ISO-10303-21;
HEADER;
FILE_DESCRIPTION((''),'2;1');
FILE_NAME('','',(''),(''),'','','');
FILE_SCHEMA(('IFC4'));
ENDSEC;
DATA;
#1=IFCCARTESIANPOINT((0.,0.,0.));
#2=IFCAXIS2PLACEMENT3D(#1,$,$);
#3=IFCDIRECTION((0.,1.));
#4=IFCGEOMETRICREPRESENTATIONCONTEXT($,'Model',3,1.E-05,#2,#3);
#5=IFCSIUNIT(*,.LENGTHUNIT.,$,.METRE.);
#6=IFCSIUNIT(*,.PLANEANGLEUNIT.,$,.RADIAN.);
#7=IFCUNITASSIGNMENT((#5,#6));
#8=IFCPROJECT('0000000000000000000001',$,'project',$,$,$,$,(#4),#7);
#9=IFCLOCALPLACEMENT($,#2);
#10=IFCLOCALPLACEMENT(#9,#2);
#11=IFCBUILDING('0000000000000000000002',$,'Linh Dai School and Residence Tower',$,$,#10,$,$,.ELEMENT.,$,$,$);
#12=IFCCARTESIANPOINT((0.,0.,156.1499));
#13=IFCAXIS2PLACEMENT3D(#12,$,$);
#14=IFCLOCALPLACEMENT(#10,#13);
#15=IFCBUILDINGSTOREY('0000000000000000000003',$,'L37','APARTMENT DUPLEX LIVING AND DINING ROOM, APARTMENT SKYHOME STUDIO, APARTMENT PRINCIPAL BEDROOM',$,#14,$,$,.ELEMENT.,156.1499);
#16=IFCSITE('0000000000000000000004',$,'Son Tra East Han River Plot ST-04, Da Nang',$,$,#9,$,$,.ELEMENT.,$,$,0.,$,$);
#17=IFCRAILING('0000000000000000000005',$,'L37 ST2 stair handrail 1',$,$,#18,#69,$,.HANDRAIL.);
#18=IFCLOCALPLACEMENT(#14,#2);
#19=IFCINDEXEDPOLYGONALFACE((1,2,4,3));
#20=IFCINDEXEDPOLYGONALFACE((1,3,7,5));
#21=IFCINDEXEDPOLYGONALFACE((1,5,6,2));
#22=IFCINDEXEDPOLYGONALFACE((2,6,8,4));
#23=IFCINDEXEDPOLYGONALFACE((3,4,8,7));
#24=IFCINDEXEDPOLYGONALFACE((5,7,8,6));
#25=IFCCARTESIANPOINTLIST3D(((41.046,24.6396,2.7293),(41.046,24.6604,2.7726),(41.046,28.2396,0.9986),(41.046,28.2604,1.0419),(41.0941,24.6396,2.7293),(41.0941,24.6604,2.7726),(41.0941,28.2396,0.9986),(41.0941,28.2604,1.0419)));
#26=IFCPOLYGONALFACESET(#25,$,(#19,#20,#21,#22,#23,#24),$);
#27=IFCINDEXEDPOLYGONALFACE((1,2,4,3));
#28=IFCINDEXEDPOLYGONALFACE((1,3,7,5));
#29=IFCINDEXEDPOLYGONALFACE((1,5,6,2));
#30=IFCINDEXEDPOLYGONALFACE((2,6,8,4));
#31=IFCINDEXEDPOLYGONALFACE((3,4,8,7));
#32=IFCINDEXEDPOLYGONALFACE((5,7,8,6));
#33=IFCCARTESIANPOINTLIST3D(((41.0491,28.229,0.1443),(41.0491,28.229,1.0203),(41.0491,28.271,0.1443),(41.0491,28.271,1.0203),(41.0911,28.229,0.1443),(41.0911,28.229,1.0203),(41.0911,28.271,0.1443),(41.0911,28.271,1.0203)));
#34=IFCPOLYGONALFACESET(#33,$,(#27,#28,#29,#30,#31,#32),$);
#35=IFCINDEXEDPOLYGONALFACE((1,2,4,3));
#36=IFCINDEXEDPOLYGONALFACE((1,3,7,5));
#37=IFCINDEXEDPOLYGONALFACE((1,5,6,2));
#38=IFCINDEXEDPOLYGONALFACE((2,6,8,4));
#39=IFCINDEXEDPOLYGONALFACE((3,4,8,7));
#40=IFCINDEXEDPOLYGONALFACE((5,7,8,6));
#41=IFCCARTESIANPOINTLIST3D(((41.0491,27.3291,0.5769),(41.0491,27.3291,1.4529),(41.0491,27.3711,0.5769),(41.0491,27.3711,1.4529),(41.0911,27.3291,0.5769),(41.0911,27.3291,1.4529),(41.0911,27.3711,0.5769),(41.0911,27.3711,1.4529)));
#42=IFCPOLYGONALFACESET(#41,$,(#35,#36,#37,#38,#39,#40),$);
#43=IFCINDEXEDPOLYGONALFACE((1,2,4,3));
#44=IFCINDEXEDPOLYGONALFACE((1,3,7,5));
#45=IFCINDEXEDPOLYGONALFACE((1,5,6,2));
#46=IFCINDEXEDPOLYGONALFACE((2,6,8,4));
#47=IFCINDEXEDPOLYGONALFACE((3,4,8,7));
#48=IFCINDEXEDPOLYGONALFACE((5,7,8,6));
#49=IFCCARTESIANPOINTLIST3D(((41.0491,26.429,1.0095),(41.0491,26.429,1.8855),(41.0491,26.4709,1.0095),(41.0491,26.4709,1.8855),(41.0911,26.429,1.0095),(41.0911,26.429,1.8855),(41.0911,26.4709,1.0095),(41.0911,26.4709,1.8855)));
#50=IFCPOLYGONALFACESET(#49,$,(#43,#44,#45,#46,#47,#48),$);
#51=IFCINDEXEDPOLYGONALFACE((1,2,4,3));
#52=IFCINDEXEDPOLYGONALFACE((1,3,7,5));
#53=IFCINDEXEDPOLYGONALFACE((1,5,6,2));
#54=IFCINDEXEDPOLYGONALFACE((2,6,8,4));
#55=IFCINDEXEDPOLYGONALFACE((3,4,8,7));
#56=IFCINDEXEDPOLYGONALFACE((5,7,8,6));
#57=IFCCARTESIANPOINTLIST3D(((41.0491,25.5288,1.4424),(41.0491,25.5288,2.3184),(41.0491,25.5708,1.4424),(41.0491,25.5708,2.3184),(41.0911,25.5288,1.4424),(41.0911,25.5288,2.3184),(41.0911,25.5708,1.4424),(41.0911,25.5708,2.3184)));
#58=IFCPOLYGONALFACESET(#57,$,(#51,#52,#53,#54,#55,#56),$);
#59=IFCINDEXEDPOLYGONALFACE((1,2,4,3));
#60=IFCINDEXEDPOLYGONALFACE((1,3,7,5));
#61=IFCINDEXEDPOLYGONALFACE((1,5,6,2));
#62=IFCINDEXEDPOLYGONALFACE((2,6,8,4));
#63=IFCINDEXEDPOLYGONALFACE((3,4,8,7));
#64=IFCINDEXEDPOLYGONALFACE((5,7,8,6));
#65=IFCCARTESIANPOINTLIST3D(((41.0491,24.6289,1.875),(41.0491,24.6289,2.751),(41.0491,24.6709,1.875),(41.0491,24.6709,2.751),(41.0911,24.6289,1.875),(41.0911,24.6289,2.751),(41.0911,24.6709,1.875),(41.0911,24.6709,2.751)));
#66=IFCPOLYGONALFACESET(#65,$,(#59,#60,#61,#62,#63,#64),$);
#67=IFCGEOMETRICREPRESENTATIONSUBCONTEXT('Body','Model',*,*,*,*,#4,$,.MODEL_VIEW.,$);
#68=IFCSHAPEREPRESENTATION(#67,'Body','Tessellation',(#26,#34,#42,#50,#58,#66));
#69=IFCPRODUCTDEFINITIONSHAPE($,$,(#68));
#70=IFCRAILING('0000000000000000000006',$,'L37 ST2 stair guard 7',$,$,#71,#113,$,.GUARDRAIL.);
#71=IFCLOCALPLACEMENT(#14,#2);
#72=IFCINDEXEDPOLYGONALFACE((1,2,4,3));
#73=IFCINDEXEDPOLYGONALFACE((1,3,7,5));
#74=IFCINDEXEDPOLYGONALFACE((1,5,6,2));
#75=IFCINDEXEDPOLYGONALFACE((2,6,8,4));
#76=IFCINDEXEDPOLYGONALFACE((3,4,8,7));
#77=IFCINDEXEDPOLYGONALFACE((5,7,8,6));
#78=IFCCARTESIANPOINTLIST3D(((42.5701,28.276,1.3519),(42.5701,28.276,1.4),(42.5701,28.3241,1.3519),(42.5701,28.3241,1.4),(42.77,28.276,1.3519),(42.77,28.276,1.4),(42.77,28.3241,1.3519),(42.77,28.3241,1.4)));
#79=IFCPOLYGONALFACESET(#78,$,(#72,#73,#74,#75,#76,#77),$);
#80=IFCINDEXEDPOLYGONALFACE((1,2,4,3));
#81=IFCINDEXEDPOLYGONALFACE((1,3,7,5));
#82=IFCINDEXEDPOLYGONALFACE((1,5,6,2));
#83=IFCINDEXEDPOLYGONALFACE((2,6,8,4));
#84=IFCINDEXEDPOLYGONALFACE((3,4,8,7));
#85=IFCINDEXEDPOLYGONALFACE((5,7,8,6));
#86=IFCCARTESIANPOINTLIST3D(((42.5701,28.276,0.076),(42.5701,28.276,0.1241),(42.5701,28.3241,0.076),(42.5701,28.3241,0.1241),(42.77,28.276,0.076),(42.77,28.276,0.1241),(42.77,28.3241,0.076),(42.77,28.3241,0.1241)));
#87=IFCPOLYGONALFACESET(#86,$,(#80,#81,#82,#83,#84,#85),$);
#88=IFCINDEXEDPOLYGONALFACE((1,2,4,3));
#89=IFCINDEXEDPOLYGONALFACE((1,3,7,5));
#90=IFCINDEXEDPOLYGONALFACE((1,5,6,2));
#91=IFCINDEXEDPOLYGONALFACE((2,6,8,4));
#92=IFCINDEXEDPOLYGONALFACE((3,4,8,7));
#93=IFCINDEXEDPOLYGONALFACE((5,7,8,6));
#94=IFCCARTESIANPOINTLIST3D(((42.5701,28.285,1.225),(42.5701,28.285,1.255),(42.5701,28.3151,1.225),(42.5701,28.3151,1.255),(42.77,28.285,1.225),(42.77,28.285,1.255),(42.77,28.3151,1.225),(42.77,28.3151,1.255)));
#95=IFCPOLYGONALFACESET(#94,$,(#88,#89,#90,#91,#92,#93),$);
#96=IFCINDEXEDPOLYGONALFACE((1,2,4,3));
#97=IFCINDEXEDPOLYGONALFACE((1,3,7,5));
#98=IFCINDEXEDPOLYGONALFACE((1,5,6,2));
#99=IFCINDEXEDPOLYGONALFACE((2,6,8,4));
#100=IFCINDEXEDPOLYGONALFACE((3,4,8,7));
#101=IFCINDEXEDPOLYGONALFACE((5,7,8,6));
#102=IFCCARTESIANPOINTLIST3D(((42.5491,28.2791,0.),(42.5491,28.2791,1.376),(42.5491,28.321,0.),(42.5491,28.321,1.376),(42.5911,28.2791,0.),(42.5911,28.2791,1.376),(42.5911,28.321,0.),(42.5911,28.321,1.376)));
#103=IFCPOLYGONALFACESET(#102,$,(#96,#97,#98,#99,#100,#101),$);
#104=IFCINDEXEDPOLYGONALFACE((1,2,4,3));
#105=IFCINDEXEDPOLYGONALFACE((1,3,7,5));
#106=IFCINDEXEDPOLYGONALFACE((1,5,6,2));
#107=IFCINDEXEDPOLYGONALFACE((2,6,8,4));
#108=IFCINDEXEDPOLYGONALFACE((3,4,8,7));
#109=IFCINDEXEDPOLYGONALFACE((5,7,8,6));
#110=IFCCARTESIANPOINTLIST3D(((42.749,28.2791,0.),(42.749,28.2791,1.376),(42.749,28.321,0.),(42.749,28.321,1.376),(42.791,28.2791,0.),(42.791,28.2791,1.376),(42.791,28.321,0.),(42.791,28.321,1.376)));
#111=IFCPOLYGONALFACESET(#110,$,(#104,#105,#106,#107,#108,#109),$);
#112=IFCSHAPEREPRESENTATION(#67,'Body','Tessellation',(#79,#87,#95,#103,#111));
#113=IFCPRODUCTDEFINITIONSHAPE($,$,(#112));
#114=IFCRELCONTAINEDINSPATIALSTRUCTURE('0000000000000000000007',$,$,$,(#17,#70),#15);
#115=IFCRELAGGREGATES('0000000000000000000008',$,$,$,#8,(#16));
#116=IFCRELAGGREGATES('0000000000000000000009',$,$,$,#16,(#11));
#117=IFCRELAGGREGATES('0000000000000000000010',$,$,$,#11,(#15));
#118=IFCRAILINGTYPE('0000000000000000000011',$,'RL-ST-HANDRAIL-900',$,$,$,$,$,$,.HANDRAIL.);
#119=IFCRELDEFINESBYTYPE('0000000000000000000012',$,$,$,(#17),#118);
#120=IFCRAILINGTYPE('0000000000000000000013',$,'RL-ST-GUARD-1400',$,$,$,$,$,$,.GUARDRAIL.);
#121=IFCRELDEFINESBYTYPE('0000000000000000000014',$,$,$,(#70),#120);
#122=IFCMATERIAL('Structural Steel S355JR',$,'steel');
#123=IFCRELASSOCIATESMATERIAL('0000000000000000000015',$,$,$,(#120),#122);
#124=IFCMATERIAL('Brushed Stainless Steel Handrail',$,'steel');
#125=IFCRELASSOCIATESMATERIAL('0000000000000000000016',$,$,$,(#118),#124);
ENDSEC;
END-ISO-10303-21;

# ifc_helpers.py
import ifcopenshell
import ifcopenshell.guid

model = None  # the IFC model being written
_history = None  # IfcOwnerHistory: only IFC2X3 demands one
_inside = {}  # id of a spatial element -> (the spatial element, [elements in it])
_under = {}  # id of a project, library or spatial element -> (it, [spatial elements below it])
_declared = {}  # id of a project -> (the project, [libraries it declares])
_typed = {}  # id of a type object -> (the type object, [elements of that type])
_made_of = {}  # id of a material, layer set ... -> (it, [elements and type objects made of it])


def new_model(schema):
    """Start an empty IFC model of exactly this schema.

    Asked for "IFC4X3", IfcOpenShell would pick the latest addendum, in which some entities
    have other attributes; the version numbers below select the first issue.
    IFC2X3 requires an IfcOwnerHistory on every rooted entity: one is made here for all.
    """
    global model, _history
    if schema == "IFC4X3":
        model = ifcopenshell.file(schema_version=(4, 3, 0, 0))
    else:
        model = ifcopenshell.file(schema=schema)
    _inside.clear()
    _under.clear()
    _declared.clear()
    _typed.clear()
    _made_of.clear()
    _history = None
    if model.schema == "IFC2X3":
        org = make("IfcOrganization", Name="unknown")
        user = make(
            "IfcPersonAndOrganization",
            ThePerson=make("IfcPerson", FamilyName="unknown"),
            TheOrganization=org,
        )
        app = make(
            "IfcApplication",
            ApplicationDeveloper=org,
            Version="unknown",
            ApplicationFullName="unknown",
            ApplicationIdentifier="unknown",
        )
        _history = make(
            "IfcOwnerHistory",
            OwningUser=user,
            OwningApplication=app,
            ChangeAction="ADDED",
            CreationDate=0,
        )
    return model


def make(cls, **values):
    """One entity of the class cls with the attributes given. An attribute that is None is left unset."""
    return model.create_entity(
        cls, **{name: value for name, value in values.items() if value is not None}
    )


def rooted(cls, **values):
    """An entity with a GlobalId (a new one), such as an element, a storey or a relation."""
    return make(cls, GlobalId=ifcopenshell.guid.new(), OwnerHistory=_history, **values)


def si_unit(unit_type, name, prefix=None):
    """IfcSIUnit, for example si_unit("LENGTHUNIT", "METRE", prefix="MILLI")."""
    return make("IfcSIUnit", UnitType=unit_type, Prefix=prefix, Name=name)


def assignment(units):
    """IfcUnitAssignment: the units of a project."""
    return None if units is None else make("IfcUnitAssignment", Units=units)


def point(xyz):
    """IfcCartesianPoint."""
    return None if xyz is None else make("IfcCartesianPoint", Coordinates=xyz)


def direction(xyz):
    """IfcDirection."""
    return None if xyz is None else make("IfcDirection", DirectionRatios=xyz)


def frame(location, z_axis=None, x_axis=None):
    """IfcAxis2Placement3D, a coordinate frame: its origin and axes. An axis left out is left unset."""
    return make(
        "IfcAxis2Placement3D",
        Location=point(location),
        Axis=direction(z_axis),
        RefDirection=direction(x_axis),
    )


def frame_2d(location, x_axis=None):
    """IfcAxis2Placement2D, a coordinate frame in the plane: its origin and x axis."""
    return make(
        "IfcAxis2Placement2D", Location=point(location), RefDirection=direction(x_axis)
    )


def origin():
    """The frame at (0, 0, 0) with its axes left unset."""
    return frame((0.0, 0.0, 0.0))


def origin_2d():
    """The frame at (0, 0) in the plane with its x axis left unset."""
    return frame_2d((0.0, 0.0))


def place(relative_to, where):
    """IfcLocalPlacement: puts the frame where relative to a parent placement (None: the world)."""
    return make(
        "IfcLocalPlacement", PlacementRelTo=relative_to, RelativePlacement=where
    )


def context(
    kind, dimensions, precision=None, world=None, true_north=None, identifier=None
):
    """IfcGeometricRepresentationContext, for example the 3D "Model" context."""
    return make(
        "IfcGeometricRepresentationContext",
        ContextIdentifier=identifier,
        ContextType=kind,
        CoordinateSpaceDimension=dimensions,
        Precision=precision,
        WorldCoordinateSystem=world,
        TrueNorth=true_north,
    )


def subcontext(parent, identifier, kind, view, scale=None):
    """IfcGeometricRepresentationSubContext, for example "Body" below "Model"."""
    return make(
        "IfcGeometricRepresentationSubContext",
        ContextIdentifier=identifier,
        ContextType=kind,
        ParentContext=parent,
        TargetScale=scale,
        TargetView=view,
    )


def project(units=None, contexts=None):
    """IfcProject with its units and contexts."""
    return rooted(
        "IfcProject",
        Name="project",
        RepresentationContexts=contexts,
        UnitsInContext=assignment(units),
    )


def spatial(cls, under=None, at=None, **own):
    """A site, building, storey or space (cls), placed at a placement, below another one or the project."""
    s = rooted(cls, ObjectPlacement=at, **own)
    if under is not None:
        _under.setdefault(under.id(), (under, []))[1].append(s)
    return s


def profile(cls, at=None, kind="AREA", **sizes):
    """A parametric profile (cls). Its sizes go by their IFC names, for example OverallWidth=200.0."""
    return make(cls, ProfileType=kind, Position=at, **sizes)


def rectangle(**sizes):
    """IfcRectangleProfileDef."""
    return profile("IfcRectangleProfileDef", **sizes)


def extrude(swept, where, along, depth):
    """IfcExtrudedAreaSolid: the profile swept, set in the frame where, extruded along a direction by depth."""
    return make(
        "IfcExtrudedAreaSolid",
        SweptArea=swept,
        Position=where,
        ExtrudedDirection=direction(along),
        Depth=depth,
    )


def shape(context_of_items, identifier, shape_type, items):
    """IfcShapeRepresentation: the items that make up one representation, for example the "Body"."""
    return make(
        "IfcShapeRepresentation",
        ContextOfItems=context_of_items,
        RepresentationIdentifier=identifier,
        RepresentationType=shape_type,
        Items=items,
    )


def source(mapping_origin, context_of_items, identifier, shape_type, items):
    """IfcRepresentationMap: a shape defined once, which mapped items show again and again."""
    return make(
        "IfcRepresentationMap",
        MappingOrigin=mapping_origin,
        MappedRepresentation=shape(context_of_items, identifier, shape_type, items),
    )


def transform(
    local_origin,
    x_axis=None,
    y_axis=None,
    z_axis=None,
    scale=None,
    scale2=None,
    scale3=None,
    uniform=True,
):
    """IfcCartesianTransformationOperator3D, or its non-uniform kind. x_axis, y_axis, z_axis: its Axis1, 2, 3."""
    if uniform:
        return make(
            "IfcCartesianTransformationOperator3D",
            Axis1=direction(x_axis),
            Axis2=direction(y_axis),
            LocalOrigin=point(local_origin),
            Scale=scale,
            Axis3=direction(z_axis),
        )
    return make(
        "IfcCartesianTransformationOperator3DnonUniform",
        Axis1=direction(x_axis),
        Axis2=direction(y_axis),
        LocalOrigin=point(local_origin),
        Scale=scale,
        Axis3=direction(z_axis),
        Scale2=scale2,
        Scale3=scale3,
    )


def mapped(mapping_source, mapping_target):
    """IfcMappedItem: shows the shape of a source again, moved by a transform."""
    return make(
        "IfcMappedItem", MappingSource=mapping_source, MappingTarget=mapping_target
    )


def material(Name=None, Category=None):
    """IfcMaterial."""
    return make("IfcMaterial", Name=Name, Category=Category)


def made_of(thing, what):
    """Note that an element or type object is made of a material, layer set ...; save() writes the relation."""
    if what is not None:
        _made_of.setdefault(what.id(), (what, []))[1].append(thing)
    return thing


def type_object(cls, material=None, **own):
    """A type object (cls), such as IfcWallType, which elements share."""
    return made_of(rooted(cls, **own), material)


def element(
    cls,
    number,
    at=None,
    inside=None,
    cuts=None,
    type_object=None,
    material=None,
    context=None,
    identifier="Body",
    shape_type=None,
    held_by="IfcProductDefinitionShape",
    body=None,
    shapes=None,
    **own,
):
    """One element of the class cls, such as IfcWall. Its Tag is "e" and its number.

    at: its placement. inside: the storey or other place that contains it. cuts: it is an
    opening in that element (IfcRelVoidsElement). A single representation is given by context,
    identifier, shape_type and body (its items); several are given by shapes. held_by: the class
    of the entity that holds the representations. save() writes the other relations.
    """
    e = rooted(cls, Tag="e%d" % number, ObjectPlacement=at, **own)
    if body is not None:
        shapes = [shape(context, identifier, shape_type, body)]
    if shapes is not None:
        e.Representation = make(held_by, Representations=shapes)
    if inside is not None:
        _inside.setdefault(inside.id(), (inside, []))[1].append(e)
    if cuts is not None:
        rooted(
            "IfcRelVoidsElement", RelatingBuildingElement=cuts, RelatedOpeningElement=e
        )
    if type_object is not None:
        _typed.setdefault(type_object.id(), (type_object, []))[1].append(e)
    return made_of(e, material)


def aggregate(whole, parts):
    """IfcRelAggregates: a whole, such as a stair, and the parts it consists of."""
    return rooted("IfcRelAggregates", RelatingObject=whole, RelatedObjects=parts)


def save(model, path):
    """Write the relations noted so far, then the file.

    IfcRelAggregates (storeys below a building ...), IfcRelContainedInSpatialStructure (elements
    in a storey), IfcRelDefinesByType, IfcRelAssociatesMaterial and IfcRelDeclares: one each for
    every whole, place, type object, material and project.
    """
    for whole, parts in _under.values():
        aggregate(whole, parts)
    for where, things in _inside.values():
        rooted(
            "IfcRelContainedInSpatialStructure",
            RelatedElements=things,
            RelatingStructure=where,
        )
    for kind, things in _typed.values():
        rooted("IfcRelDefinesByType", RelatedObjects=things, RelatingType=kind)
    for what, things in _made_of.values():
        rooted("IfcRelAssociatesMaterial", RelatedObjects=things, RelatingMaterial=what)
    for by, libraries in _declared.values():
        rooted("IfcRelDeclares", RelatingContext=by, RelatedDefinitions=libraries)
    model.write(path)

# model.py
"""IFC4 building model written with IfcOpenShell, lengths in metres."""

from ifc_helpers import new_model, si_unit, direction, frame, origin, origin_2d, place, context, subcontext, project, spatial, rectangle, extrude, source, transform, mapped, material, type_object, element, save


model = new_model("IFC4")

# Units and contexts
model_context = context("Model", 3, precision=1e-05, world=origin(), true_north=direction((0.0, 1.0)))
body_context = subcontext(model_context, "Body", "Model", "MODEL_VIEW")
ifc_project = project(units=[si_unit("LENGTHUNIT", "METRE"), si_unit("PLANEANGLEUNIT", "RADIAN")], contexts=[model_context])

# Site, building, storey
site_placement = place(None, origin())
site = spatial("IfcSite", under=ifc_project, at=site_placement, Name="Son Tra East Han River Plot ST-04, Da Nang", CompositionType="ELEMENT", RefElevation=0.0)
building_placement = place(site_placement, origin())
building = spatial("IfcBuilding", under=site, at=building_placement, Name="Linh Dai School and Residence Tower", CompositionType="ELEMENT")
storey_placement = place(building_placement, frame((0.0, 0.0, 156.1499)))
storey = spatial("IfcBuildingStorey", under=building, at=storey_placement, Name="L37", Description="APARTMENT DUPLEX LIVING AND DINING ROOM, APARTMENT SKYHOME STUDIO, APARTMENT PRINCIPAL BEDROOM", CompositionType="ELEMENT", Elevation=156.1499)

# Shared definitions
ifc_material_1 = material(Name="Structural Steel S355JR", Category="steel")

# Railings
railing_type_1 = type_object("IfcRailingType", Name="RL-ST-GUARD-1400", PredefinedType="GUARDRAIL", material=ifc_material_1)
ifc_material_2 = material(Name="Brushed Stainless Steel Handrail", Category="steel")
railing_type_2 = type_object("IfcRailingType", Name="RL-ST-HANDRAIL-900", PredefinedType="HANDRAIL", material=ifc_material_2)
shared_shape_1 = source(origin(), body_context, "Body", "SweptSolid", [
    extrude(rectangle(XDim=0.0481, YDim=0.0481, at=origin_2d()), frame((0.0, 0.0, 0.876), z_axis=(0.0, -0.901263, 0.433273), x_axis=(1.0, 0.0, 0.0)), (0.0, 0.0, 1.0), 3.9944),
    extrude(rectangle(XDim=0.042, YDim=0.042, at=origin_2d()), origin(), (0.0, 0.0, 1.0), 0.876),
    extrude(rectangle(XDim=0.042, YDim=0.042, at=origin_2d()), frame((0.0, -0.8999, 0.4326)), (0.0, 0.0, 1.0), 0.876),
    extrude(rectangle(XDim=0.042, YDim=0.042, at=origin_2d()), frame((0.0, -1.8, 0.8652)), (0.0, 0.0, 1.0), 0.876),
    extrude(rectangle(XDim=0.042, YDim=0.042, at=origin_2d()), frame((0.0, -2.7002, 1.2981)), (0.0, 0.0, 1.0), 0.876),
    extrude(rectangle(XDim=0.042, YDim=0.042, at=origin_2d()), frame((0.0, -3.6001, 1.7307)), (0.0, 0.0, 1.0), 0.876),
])
railing_1_placement = place(storey_placement, frame((41.0701, 28.25, 0.1443)))
element("IfcRailing", 1, at=railing_1_placement, inside=storey, type_object=railing_type_2, Name="L37 ST2 stair handrail 1", PredefinedType="HANDRAIL", context=body_context, shape_type="MappedRepresentation", body=[
    mapped(shared_shape_1, transform((0.0, 0.0, 0.0), x_axis=(1.0, 0.0, 0.0), y_axis=(0.0, 1.0, 0.0), z_axis=(0.0, 0.0, 1.0), scale=1.0)),
])
shared_shape_2 = source(origin(), body_context, "Body", "SweptSolid", [
    extrude(rectangle(XDim=0.0481, YDim=0.0481, at=origin_2d()), frame((0.0, 0.0, 1.376), z_axis=(1.0, 0.0, 0.0), x_axis=(0.0, 1.0, 0.0)), (0.0, 0.0, 1.0), 0.2),
    extrude(rectangle(XDim=0.0481, YDim=0.0481, at=origin_2d()), frame((0.0, 0.0, 0.1001), z_axis=(1.0, 0.0, 0.0), x_axis=(0.0, 1.0, 0.0)), (0.0, 0.0, 1.0), 0.2),
    extrude(rectangle(XDim=0.03, YDim=0.03, at=origin_2d()), frame((0.0, 0.0, 1.24), z_axis=(1.0, 0.0, 0.0), x_axis=(0.0, 1.0, 0.0)), (0.0, 0.0, 1.0), 0.2),
    extrude(rectangle(XDim=0.042, YDim=0.042, at=origin_2d()), origin(), (0.0, 0.0, 1.0), 1.376),
    extrude(rectangle(XDim=0.042, YDim=0.042, at=origin_2d()), frame((0.2, 0.0, 0.0)), (0.0, 0.0, 1.0), 1.376),
])
railing_2_placement = place(storey_placement, frame((42.5701, 28.3, 0.0)))
element("IfcRailing", 2, at=railing_2_placement, inside=storey, type_object=railing_type_1, Name="L37 ST2 stair guard 7", PredefinedType="GUARDRAIL", context=body_context, shape_type="MappedRepresentation", body=[
    mapped(shared_shape_2, transform((0.0, 0.0, 0.0), x_axis=(1.0, 0.0, 0.0), y_axis=(0.0, 1.0, 0.0), z_axis=(0.0, 0.0, 1.0), scale=1.0)),
])

save(model, "model.ifc")
